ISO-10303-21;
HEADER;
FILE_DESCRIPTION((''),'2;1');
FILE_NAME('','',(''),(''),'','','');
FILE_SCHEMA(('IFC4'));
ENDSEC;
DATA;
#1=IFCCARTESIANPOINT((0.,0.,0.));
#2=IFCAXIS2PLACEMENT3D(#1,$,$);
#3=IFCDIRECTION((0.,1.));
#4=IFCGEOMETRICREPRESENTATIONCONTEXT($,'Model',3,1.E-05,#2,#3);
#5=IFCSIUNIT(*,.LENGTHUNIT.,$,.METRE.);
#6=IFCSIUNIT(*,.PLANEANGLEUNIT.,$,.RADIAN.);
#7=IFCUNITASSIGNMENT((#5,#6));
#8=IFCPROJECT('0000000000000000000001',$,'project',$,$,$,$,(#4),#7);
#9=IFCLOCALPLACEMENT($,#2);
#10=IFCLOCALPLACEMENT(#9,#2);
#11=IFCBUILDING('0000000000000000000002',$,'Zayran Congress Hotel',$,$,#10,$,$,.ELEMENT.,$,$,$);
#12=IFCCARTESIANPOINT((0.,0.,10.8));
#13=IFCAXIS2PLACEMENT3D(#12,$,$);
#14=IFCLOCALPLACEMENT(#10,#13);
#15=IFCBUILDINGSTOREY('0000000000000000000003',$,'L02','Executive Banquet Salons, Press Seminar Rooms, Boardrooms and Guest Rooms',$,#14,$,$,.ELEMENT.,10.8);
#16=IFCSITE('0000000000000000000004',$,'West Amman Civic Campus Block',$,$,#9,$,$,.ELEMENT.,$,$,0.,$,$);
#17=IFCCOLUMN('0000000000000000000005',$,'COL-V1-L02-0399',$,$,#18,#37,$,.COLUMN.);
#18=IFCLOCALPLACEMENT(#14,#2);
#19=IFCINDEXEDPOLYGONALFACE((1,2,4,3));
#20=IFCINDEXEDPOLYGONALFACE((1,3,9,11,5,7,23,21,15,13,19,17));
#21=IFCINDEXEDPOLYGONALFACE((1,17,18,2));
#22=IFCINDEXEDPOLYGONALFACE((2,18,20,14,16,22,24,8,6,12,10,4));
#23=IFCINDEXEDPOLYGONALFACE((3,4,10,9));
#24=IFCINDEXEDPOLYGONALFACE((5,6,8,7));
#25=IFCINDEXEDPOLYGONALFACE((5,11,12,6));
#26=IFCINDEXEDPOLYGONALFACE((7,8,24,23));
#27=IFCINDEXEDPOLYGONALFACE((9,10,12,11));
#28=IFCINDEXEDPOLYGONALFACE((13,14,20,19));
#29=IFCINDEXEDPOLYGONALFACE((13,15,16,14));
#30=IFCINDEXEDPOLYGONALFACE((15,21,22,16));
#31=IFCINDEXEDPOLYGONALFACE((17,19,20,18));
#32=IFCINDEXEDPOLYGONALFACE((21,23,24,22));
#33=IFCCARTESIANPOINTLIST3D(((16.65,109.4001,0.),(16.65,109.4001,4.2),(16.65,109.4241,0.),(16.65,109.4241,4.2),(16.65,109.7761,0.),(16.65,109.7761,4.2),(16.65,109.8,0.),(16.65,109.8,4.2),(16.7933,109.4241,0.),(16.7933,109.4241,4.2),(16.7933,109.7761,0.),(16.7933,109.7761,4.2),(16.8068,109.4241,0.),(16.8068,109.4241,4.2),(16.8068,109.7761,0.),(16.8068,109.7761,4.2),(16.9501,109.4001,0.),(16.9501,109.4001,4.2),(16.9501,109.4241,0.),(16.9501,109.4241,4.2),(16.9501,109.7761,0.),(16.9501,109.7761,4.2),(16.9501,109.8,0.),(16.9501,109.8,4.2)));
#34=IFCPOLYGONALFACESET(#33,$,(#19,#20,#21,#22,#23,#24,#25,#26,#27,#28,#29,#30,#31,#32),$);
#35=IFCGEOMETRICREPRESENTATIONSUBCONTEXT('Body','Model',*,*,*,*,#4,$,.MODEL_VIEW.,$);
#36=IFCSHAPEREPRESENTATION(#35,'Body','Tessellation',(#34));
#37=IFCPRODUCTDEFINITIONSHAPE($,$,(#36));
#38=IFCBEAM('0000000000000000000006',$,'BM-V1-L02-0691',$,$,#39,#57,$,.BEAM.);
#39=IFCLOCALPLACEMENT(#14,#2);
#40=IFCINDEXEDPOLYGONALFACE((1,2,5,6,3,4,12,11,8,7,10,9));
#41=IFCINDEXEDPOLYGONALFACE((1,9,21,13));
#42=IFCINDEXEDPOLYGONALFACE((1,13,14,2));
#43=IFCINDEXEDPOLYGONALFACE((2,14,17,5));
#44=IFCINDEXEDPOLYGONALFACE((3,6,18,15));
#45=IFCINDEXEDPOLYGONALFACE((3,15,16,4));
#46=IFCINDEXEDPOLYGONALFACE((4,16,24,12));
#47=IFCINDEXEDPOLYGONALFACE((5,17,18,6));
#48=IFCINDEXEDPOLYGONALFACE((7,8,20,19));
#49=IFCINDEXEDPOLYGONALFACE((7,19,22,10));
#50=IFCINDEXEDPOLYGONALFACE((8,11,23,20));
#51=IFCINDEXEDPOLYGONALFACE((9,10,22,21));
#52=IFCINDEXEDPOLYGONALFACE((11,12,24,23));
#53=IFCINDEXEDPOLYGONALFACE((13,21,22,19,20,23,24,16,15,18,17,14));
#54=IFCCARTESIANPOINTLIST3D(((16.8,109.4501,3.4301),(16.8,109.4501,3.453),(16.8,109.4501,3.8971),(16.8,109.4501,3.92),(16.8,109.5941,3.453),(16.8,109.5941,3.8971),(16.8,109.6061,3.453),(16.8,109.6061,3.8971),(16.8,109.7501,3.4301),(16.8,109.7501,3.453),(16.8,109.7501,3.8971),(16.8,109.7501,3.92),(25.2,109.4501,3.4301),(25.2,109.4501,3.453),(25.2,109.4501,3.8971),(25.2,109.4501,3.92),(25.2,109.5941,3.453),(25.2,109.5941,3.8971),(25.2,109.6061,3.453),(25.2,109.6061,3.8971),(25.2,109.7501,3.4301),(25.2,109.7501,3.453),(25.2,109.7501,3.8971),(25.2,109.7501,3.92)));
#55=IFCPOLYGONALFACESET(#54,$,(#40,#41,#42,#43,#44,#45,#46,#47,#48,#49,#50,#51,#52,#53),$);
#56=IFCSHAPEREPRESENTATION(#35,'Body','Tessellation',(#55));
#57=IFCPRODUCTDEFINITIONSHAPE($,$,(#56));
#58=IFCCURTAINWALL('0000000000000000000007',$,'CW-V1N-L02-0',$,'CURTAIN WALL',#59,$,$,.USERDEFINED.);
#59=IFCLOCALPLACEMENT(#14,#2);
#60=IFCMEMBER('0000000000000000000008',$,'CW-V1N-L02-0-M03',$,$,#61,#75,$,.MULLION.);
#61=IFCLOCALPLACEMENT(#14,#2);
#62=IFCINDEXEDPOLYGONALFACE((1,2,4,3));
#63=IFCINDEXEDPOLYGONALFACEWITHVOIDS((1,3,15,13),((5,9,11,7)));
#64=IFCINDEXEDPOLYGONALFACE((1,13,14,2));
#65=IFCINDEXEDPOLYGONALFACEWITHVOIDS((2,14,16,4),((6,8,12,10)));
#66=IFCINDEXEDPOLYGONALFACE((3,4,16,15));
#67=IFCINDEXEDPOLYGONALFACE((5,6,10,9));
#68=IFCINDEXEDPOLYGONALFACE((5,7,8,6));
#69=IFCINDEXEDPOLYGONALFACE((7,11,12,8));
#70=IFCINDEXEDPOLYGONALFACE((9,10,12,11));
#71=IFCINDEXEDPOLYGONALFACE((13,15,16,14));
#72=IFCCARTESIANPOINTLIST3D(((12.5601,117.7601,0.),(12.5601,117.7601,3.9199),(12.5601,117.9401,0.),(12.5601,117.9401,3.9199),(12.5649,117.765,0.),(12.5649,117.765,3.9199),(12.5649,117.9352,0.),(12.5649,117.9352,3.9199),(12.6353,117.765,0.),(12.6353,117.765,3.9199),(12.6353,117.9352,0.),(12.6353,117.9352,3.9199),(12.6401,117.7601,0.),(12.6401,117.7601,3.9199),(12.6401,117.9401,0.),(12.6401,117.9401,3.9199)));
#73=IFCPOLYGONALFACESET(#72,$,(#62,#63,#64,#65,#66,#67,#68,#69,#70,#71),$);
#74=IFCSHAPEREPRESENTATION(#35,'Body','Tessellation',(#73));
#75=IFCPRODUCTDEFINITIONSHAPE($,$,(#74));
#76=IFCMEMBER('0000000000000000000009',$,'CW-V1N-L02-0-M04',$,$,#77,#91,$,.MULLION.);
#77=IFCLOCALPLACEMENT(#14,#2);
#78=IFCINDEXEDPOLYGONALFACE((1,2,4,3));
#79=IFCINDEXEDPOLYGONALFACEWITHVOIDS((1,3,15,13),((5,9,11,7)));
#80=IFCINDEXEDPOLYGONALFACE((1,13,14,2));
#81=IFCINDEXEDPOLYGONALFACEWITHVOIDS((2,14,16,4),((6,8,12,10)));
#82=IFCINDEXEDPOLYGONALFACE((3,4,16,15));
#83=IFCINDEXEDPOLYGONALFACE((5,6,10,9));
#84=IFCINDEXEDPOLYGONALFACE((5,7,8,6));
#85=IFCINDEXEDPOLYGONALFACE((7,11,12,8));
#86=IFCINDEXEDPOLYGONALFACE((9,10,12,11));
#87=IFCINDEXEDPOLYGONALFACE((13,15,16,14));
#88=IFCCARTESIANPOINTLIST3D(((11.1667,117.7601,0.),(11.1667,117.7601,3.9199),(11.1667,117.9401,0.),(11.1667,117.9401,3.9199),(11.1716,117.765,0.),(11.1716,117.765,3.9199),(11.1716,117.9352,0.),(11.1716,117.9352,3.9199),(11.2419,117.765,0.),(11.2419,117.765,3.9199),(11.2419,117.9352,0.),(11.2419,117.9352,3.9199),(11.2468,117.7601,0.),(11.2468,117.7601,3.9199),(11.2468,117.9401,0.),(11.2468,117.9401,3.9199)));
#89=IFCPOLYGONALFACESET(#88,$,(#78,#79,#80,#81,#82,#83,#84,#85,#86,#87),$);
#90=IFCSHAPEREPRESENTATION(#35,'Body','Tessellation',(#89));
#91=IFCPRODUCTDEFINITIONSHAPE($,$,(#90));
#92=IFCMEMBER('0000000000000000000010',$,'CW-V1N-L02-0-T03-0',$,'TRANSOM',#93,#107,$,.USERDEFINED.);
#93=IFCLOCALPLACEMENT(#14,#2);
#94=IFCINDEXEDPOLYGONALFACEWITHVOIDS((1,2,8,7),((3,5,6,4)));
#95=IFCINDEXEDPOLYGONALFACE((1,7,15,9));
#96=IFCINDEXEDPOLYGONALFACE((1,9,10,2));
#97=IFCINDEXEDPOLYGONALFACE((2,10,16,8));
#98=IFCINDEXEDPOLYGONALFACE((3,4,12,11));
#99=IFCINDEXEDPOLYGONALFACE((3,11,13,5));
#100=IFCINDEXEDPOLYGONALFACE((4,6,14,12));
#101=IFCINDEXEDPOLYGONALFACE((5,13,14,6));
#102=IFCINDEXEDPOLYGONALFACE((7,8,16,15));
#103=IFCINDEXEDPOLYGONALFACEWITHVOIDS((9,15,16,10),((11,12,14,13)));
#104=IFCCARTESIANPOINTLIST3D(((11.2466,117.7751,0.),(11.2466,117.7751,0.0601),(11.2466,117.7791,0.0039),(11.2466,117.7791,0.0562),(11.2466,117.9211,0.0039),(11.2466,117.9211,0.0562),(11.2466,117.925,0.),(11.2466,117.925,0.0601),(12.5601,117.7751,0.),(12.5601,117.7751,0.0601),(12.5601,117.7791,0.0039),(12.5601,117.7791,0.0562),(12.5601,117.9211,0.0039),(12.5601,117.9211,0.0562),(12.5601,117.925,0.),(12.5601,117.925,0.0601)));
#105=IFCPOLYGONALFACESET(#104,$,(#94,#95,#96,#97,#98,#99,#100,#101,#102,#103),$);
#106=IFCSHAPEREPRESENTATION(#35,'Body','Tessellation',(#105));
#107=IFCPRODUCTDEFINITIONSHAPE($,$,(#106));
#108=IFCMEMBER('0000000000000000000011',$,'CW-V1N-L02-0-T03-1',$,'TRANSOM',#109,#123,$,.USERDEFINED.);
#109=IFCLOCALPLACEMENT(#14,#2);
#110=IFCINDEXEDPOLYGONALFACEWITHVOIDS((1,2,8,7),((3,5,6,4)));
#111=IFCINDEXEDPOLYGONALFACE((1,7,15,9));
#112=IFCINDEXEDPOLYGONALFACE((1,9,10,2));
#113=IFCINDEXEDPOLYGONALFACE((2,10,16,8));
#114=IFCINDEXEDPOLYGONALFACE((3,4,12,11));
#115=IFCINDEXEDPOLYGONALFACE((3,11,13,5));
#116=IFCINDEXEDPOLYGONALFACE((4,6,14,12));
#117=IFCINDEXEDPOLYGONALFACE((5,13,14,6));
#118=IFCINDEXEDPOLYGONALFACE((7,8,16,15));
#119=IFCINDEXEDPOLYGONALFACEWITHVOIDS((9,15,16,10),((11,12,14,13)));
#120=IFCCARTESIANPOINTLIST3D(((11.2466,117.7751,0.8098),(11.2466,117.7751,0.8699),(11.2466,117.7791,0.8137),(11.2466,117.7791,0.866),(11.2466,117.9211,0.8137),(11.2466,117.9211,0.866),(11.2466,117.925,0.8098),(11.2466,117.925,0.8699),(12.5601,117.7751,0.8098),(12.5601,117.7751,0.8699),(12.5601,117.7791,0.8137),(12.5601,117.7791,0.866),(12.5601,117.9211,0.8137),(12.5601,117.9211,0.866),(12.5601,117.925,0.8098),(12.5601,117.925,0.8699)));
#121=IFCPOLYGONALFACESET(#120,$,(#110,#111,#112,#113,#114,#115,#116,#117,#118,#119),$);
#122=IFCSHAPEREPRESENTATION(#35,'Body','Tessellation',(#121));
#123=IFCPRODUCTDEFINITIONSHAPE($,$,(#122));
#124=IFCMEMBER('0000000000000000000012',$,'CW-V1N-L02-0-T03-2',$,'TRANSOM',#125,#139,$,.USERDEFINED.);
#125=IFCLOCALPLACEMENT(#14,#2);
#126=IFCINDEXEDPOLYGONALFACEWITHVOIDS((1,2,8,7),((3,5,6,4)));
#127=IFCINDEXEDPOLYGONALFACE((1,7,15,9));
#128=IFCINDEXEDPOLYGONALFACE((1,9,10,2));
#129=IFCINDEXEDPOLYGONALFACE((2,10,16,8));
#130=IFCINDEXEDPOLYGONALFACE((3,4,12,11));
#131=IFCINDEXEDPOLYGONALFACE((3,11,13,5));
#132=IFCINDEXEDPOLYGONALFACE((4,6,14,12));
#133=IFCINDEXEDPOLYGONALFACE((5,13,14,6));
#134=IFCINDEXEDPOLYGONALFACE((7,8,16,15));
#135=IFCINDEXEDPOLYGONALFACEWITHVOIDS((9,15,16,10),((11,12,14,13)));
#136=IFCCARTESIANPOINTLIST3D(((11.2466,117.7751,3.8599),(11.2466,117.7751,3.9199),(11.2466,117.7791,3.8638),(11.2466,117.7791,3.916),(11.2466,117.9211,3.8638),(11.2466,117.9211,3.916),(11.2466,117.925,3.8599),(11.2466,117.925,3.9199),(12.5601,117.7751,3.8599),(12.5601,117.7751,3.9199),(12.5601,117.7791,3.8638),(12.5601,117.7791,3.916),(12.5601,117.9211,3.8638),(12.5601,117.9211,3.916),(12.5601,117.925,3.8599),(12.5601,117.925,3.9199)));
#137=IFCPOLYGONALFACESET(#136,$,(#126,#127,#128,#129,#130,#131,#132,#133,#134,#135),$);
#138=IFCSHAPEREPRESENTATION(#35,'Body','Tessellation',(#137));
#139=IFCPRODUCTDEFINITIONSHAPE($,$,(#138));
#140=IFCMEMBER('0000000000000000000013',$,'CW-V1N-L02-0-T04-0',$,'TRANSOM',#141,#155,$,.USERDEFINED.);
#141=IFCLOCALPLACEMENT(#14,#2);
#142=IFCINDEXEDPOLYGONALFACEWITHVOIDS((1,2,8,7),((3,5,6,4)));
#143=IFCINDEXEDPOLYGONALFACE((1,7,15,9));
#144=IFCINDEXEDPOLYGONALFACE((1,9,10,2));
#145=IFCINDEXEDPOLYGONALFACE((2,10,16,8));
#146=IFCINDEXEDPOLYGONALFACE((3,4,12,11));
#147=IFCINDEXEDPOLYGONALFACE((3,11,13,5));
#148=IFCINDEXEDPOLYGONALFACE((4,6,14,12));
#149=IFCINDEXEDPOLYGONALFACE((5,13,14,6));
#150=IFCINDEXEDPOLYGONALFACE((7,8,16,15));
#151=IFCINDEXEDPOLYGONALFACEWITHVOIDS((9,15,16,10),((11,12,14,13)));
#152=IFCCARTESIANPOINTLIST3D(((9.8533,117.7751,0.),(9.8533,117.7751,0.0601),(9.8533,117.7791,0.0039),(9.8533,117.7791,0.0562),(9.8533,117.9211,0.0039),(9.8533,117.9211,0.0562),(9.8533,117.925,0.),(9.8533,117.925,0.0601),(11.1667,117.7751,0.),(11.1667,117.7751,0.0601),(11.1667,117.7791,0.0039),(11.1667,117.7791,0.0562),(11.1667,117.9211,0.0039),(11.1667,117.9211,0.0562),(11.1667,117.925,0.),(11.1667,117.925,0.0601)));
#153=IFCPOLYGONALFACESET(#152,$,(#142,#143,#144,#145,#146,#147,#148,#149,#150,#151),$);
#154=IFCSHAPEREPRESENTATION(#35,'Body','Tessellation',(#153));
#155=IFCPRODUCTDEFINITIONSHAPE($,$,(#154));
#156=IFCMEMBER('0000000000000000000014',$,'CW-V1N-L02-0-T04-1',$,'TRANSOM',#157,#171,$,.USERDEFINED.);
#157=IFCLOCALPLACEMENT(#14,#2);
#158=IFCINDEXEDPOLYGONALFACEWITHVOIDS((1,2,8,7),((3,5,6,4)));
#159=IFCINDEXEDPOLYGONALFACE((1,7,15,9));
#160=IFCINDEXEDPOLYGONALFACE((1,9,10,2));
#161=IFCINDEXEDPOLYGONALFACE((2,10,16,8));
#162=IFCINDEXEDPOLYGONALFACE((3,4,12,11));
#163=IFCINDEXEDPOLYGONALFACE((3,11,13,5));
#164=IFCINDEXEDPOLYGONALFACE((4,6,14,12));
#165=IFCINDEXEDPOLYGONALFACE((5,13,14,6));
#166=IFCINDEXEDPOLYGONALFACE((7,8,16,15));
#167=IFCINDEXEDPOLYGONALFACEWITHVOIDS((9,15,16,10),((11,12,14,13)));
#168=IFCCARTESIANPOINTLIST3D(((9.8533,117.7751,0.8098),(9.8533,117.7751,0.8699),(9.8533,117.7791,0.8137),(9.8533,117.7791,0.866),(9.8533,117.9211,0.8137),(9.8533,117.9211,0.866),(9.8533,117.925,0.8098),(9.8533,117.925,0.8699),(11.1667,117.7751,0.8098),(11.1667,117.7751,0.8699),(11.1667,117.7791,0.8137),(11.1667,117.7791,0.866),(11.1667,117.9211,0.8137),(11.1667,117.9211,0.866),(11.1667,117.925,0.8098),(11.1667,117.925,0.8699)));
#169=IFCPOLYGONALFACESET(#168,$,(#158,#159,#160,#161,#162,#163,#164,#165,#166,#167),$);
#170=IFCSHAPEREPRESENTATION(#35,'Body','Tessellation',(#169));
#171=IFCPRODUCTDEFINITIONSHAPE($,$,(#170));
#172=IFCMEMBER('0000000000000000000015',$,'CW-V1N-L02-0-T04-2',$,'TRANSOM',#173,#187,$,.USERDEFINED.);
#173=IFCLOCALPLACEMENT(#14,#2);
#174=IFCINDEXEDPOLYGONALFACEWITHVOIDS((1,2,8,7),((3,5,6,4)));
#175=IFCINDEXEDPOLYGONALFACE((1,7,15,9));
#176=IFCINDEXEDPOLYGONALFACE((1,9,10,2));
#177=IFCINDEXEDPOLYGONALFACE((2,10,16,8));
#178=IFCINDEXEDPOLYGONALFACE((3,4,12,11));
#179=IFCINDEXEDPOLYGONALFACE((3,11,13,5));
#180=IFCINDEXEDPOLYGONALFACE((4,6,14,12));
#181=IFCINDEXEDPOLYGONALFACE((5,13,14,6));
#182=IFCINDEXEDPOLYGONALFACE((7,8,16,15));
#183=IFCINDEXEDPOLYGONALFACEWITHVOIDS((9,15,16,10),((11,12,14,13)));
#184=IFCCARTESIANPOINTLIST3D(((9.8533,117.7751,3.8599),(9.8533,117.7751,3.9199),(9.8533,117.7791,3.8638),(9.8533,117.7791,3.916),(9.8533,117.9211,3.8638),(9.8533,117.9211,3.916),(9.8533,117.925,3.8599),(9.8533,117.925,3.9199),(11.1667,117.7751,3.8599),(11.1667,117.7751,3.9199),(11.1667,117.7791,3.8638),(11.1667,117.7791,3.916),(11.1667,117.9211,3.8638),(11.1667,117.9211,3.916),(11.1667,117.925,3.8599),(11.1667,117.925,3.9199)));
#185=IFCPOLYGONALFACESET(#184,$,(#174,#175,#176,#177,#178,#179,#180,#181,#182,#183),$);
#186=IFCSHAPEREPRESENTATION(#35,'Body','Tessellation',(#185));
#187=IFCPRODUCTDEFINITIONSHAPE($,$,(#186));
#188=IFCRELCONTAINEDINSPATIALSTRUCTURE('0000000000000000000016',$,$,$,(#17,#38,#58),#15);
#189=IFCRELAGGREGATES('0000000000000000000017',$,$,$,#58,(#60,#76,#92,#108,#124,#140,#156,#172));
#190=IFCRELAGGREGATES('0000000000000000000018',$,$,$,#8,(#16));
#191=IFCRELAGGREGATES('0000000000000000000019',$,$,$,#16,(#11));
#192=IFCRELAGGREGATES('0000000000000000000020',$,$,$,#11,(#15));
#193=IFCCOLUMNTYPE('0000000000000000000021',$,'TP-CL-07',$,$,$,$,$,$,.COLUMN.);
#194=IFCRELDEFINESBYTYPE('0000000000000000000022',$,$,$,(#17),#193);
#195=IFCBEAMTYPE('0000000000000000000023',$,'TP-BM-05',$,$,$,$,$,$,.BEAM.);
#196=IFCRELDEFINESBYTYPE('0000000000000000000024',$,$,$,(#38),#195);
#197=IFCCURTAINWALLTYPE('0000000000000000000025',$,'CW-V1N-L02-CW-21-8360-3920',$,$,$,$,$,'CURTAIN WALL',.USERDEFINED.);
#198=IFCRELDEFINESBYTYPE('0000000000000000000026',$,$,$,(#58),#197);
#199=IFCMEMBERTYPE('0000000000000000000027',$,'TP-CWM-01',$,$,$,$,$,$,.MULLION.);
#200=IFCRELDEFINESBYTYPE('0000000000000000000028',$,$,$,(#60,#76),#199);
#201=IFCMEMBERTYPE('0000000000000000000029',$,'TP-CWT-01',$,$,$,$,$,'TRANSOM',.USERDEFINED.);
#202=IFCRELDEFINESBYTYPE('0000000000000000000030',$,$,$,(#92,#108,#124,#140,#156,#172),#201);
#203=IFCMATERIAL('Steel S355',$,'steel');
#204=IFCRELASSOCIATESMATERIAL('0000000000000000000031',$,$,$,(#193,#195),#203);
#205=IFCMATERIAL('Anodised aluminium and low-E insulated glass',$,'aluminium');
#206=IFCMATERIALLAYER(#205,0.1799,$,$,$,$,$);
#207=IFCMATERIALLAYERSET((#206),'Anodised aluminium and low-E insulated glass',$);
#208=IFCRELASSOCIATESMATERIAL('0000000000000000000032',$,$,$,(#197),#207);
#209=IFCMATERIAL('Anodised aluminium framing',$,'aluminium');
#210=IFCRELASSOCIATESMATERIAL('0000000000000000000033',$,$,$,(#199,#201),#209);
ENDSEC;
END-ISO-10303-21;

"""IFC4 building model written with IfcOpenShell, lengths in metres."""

from ifc_helpers import new_model, si_unit, direction, frame, origin, origin_2d, place, context, subcontext, project, spatial, hollow_rectangle, i_section, extrude, material, layer, layer_set, material_profile, profile_set, type_object, element, aggregate, save


model = new_model("IFC4")

# Units and contexts
model_context = context("Model", 3, precision=1e-05, world=origin(), true_north=direction((0.0, 1.0)))
body_context = subcontext(model_context, "Body", "Model", "MODEL_VIEW")
ifc_project = project(units=[si_unit("LENGTHUNIT", "METRE"), si_unit("PLANEANGLEUNIT", "RADIAN")], contexts=[model_context])

# Site, building, storey
site_placement = place(None, origin())
site = spatial("IfcSite", under=ifc_project, at=site_placement, Name="West Amman Civic Campus Block", CompositionType="ELEMENT", RefElevation=0.0)
building_placement = place(site_placement, origin())
building = spatial("IfcBuilding", under=site, at=building_placement, Name="Zayran Congress Hotel", CompositionType="ELEMENT")
storey_placement = place(building_placement, frame((0.0, 0.0, 10.8)))
storey = spatial("IfcBuildingStorey", under=building, at=storey_placement, Name="L02", Description="Executive Banquet Salons, Press Seminar Rooms, Boardrooms and Guest Rooms", CompositionType="ELEMENT", Elevation=10.8)

# Column
ifc_material_1 = material(Name="Steel S355", Category="steel")
ifc_material_profile_1 = material_profile(ifc_material_1, i_section(OverallWidth=0.3, OverallDepth=0.3999, WebThickness=0.0134, FlangeThickness=0.0239, at=origin_2d()), Name="HEB 400")
ifc_profile_set_1 = profile_set([ifc_material_profile_1], Name="Steel S355")
column_type = type_object("IfcColumnType", Name="TP-CL-07", PredefinedType="COLUMN", material=ifc_profile_set_1)
column_placement = place(storey_placement, frame((16.8, 109.6001, 0.0), z_axis=(0.0, 0.0, 1.0), x_axis=(1.0, 0.0, 0.0)))
element("IfcColumn", 1, at=column_placement, inside=storey, type_object=column_type, Name="COL-V1-L02-0399", PredefinedType="COLUMN", context=body_context, shape_type="SweptSolid", body=[
    extrude(i_section(OverallWidth=0.3, OverallDepth=0.3999, WebThickness=0.0134, FlangeThickness=0.0239, at=origin_2d()), origin(), (0.0, 0.0, 1.0), 4.2),
])

# Beam
ifc_material_profile_2 = material_profile(ifc_material_1, i_section(OverallWidth=0.3, OverallDepth=0.49, WebThickness=0.012, FlangeThickness=0.0229, at=origin_2d()), Name="HEA 500")
ifc_profile_set_2 = profile_set([ifc_material_profile_2], Name="Steel S355")
beam_type = type_object("IfcBeamType", Name="TP-BM-05", PredefinedType="BEAM", material=ifc_profile_set_2)
beam_placement = place(storey_placement, frame((16.8, 109.6001, 3.675), z_axis=(1.0, 0.0, 0.0), x_axis=(0.0, 1.0, 0.0)))
element("IfcBeam", 2, at=beam_placement, inside=storey, type_object=beam_type, Name="BM-V1-L02-0691", PredefinedType="BEAM", context=body_context, shape_type="SweptSolid", body=[
    extrude(i_section(OverallWidth=0.3, OverallDepth=0.49, WebThickness=0.012, FlangeThickness=0.0229, at=origin_2d()), origin(), (0.0, 0.0, 1.0), 8.3999),
])

# Curtain wall, members
ifc_material_2 = material(Name="Anodised aluminium and low-E insulated glass", Category="aluminium")
ifc_layer_1 = layer(ifc_material_2, 0.1799)
ifc_layer_set_1 = layer_set([ifc_layer_1], Name="Anodised aluminium and low-E insulated glass")
curtain_wall_type = type_object("IfcCurtainWallType", Name="CW-V1N-L02-CW-21-8360-3920", ElementType="CURTAIN WALL", PredefinedType="USERDEFINED", material=ifc_layer_set_1)
curtain_wall_placement = place(storey_placement, origin())
curtain_wall = element("IfcCurtainWall", 3, at=curtain_wall_placement, inside=storey, type_object=curtain_wall_type, Name="CW-V1N-L02-0", ObjectType="CURTAIN WALL", PredefinedType="USERDEFINED")
ifc_material_3 = material(Name="Anodised aluminium framing", Category="aluminium")
ifc_material_profile_3 = material_profile(ifc_material_3, hollow_rectangle(XDim=0.0801, YDim=0.1799, WallThickness=0.0049, at=origin_2d()), Name="RHS 180x80x5")
ifc_profile_set_3 = profile_set([ifc_material_profile_3], Name="Anodised aluminium framing")
member_type_1 = type_object("IfcMemberType", Name="TP-CWM-01", PredefinedType="MULLION", material=ifc_profile_set_3)
member_1_placement = place(storey_placement, frame((12.6001, 117.8501, 0.0), z_axis=(0.0, 0.0, 1.0), x_axis=(1.0, 0.0, 0.0)))
member_1 = element("IfcMember", 4, at=member_1_placement, type_object=member_type_1, Name="CW-V1N-L02-0-M03", PredefinedType="MULLION", context=body_context, shape_type="SweptSolid", body=[
    extrude(hollow_rectangle(XDim=0.0801, YDim=0.1799, WallThickness=0.0049, at=origin_2d()), origin(), (0.0, 0.0, 1.0), 3.9199),
])
member_2_placement = place(storey_placement, frame((11.2068, 117.8501, 0.0), z_axis=(0.0, 0.0, 1.0), x_axis=(1.0, 0.0, 0.0)))
member_2 = element("IfcMember", 5, at=member_2_placement, type_object=member_type_1, Name="CW-V1N-L02-0-M04", PredefinedType="MULLION", context=body_context, shape_type="SweptSolid", body=[
    extrude(hollow_rectangle(XDim=0.0801, YDim=0.1799, WallThickness=0.0049, at=origin_2d()), origin(), (0.0, 0.0, 1.0), 3.9199),
])
ifc_material_profile_4 = material_profile(ifc_material_3, hollow_rectangle(XDim=0.0601, YDim=0.1499, WallThickness=0.0039, at=origin_2d()), Name="RHS 150x60x4")
ifc_profile_set_4 = profile_set([ifc_material_profile_4], Name="Anodised aluminium framing")
member_type_2 = type_object("IfcMemberType", Name="TP-CWT-01", ElementType="TRANSOM", PredefinedType="USERDEFINED", material=ifc_profile_set_4)
member_3_placement = place(storey_placement, frame((12.5601, 117.8501, 0.03), z_axis=(-1.0, 0.0, 0.0), x_axis=(0.0, 0.0, 1.0)))
member_3 = element("IfcMember", 6, at=member_3_placement, type_object=member_type_2, Name="CW-V1N-L02-0-T03-0", ObjectType="TRANSOM", PredefinedType="USERDEFINED", context=body_context, shape_type="SweptSolid", body=[
    extrude(hollow_rectangle(XDim=0.0601, YDim=0.1499, WallThickness=0.0039, at=origin_2d()), origin(), (0.0, 0.0, 1.0), 1.3135),
])
member_4_placement = place(storey_placement, frame((12.5601, 117.8501, 0.8398), z_axis=(-1.0, 0.0, 0.0), x_axis=(0.0, 0.0, 1.0)))
member_4 = element("IfcMember", 7, at=member_4_placement, type_object=member_type_2, Name="CW-V1N-L02-0-T03-1", ObjectType="TRANSOM", PredefinedType="USERDEFINED", context=body_context, shape_type="SweptSolid", body=[
    extrude(hollow_rectangle(XDim=0.0601, YDim=0.1499, WallThickness=0.0039, at=origin_2d()), origin(), (0.0, 0.0, 1.0), 1.3135),
])
member_5_placement = place(storey_placement, frame((12.5601, 117.8501, 3.8899), z_axis=(-1.0, 0.0, 0.0), x_axis=(0.0, 0.0, 1.0)))
member_5 = element("IfcMember", 8, at=member_5_placement, type_object=member_type_2, Name="CW-V1N-L02-0-T03-2", ObjectType="TRANSOM", PredefinedType="USERDEFINED", context=body_context, shape_type="SweptSolid", body=[
    extrude(hollow_rectangle(XDim=0.0601, YDim=0.1499, WallThickness=0.0039, at=origin_2d()), origin(), (0.0, 0.0, 1.0), 1.3135),
])
member_6_placement = place(storey_placement, frame((11.1667, 117.8501, 0.03), z_axis=(-1.0, 0.0, 0.0), x_axis=(0.0, 0.0, 1.0)))
member_6 = element("IfcMember", 9, at=member_6_placement, type_object=member_type_2, Name="CW-V1N-L02-0-T04-0", ObjectType="TRANSOM", PredefinedType="USERDEFINED", context=body_context, shape_type="SweptSolid", body=[
    extrude(hollow_rectangle(XDim=0.0601, YDim=0.1499, WallThickness=0.0039, at=origin_2d()), origin(), (0.0, 0.0, 1.0), 1.3135),
])
member_7_placement = place(storey_placement, frame((11.1667, 117.8501, 0.8398), z_axis=(-1.0, 0.0, 0.0), x_axis=(0.0, 0.0, 1.0)))
member_7 = element("IfcMember", 10, at=member_7_placement, type_object=member_type_2, Name="CW-V1N-L02-0-T04-1", ObjectType="TRANSOM", PredefinedType="USERDEFINED", context=body_context, shape_type="SweptSolid", body=[
    extrude(hollow_rectangle(XDim=0.0601, YDim=0.1499, WallThickness=0.0039, at=origin_2d()), origin(), (0.0, 0.0, 1.0), 1.3135),
])
member_8_placement = place(storey_placement, frame((11.1667, 117.8501, 3.8899), z_axis=(-1.0, 0.0, 0.0), x_axis=(0.0, 0.0, 1.0)))
member_8 = element("IfcMember", 11, at=member_8_placement, type_object=member_type_2, Name="CW-V1N-L02-0-T04-2", ObjectType="TRANSOM", PredefinedType="USERDEFINED", context=body_context, shape_type="SweptSolid", body=[
    extrude(hollow_rectangle(XDim=0.0601, YDim=0.1499, WallThickness=0.0039, at=origin_2d()), origin(), (0.0, 0.0, 1.0), 1.3135),
])
aggregate(curtain_wall, [member_1, member_2, member_3, member_4, member_5, member_6, member_7, member_8])

save(model, "model.ifc")
